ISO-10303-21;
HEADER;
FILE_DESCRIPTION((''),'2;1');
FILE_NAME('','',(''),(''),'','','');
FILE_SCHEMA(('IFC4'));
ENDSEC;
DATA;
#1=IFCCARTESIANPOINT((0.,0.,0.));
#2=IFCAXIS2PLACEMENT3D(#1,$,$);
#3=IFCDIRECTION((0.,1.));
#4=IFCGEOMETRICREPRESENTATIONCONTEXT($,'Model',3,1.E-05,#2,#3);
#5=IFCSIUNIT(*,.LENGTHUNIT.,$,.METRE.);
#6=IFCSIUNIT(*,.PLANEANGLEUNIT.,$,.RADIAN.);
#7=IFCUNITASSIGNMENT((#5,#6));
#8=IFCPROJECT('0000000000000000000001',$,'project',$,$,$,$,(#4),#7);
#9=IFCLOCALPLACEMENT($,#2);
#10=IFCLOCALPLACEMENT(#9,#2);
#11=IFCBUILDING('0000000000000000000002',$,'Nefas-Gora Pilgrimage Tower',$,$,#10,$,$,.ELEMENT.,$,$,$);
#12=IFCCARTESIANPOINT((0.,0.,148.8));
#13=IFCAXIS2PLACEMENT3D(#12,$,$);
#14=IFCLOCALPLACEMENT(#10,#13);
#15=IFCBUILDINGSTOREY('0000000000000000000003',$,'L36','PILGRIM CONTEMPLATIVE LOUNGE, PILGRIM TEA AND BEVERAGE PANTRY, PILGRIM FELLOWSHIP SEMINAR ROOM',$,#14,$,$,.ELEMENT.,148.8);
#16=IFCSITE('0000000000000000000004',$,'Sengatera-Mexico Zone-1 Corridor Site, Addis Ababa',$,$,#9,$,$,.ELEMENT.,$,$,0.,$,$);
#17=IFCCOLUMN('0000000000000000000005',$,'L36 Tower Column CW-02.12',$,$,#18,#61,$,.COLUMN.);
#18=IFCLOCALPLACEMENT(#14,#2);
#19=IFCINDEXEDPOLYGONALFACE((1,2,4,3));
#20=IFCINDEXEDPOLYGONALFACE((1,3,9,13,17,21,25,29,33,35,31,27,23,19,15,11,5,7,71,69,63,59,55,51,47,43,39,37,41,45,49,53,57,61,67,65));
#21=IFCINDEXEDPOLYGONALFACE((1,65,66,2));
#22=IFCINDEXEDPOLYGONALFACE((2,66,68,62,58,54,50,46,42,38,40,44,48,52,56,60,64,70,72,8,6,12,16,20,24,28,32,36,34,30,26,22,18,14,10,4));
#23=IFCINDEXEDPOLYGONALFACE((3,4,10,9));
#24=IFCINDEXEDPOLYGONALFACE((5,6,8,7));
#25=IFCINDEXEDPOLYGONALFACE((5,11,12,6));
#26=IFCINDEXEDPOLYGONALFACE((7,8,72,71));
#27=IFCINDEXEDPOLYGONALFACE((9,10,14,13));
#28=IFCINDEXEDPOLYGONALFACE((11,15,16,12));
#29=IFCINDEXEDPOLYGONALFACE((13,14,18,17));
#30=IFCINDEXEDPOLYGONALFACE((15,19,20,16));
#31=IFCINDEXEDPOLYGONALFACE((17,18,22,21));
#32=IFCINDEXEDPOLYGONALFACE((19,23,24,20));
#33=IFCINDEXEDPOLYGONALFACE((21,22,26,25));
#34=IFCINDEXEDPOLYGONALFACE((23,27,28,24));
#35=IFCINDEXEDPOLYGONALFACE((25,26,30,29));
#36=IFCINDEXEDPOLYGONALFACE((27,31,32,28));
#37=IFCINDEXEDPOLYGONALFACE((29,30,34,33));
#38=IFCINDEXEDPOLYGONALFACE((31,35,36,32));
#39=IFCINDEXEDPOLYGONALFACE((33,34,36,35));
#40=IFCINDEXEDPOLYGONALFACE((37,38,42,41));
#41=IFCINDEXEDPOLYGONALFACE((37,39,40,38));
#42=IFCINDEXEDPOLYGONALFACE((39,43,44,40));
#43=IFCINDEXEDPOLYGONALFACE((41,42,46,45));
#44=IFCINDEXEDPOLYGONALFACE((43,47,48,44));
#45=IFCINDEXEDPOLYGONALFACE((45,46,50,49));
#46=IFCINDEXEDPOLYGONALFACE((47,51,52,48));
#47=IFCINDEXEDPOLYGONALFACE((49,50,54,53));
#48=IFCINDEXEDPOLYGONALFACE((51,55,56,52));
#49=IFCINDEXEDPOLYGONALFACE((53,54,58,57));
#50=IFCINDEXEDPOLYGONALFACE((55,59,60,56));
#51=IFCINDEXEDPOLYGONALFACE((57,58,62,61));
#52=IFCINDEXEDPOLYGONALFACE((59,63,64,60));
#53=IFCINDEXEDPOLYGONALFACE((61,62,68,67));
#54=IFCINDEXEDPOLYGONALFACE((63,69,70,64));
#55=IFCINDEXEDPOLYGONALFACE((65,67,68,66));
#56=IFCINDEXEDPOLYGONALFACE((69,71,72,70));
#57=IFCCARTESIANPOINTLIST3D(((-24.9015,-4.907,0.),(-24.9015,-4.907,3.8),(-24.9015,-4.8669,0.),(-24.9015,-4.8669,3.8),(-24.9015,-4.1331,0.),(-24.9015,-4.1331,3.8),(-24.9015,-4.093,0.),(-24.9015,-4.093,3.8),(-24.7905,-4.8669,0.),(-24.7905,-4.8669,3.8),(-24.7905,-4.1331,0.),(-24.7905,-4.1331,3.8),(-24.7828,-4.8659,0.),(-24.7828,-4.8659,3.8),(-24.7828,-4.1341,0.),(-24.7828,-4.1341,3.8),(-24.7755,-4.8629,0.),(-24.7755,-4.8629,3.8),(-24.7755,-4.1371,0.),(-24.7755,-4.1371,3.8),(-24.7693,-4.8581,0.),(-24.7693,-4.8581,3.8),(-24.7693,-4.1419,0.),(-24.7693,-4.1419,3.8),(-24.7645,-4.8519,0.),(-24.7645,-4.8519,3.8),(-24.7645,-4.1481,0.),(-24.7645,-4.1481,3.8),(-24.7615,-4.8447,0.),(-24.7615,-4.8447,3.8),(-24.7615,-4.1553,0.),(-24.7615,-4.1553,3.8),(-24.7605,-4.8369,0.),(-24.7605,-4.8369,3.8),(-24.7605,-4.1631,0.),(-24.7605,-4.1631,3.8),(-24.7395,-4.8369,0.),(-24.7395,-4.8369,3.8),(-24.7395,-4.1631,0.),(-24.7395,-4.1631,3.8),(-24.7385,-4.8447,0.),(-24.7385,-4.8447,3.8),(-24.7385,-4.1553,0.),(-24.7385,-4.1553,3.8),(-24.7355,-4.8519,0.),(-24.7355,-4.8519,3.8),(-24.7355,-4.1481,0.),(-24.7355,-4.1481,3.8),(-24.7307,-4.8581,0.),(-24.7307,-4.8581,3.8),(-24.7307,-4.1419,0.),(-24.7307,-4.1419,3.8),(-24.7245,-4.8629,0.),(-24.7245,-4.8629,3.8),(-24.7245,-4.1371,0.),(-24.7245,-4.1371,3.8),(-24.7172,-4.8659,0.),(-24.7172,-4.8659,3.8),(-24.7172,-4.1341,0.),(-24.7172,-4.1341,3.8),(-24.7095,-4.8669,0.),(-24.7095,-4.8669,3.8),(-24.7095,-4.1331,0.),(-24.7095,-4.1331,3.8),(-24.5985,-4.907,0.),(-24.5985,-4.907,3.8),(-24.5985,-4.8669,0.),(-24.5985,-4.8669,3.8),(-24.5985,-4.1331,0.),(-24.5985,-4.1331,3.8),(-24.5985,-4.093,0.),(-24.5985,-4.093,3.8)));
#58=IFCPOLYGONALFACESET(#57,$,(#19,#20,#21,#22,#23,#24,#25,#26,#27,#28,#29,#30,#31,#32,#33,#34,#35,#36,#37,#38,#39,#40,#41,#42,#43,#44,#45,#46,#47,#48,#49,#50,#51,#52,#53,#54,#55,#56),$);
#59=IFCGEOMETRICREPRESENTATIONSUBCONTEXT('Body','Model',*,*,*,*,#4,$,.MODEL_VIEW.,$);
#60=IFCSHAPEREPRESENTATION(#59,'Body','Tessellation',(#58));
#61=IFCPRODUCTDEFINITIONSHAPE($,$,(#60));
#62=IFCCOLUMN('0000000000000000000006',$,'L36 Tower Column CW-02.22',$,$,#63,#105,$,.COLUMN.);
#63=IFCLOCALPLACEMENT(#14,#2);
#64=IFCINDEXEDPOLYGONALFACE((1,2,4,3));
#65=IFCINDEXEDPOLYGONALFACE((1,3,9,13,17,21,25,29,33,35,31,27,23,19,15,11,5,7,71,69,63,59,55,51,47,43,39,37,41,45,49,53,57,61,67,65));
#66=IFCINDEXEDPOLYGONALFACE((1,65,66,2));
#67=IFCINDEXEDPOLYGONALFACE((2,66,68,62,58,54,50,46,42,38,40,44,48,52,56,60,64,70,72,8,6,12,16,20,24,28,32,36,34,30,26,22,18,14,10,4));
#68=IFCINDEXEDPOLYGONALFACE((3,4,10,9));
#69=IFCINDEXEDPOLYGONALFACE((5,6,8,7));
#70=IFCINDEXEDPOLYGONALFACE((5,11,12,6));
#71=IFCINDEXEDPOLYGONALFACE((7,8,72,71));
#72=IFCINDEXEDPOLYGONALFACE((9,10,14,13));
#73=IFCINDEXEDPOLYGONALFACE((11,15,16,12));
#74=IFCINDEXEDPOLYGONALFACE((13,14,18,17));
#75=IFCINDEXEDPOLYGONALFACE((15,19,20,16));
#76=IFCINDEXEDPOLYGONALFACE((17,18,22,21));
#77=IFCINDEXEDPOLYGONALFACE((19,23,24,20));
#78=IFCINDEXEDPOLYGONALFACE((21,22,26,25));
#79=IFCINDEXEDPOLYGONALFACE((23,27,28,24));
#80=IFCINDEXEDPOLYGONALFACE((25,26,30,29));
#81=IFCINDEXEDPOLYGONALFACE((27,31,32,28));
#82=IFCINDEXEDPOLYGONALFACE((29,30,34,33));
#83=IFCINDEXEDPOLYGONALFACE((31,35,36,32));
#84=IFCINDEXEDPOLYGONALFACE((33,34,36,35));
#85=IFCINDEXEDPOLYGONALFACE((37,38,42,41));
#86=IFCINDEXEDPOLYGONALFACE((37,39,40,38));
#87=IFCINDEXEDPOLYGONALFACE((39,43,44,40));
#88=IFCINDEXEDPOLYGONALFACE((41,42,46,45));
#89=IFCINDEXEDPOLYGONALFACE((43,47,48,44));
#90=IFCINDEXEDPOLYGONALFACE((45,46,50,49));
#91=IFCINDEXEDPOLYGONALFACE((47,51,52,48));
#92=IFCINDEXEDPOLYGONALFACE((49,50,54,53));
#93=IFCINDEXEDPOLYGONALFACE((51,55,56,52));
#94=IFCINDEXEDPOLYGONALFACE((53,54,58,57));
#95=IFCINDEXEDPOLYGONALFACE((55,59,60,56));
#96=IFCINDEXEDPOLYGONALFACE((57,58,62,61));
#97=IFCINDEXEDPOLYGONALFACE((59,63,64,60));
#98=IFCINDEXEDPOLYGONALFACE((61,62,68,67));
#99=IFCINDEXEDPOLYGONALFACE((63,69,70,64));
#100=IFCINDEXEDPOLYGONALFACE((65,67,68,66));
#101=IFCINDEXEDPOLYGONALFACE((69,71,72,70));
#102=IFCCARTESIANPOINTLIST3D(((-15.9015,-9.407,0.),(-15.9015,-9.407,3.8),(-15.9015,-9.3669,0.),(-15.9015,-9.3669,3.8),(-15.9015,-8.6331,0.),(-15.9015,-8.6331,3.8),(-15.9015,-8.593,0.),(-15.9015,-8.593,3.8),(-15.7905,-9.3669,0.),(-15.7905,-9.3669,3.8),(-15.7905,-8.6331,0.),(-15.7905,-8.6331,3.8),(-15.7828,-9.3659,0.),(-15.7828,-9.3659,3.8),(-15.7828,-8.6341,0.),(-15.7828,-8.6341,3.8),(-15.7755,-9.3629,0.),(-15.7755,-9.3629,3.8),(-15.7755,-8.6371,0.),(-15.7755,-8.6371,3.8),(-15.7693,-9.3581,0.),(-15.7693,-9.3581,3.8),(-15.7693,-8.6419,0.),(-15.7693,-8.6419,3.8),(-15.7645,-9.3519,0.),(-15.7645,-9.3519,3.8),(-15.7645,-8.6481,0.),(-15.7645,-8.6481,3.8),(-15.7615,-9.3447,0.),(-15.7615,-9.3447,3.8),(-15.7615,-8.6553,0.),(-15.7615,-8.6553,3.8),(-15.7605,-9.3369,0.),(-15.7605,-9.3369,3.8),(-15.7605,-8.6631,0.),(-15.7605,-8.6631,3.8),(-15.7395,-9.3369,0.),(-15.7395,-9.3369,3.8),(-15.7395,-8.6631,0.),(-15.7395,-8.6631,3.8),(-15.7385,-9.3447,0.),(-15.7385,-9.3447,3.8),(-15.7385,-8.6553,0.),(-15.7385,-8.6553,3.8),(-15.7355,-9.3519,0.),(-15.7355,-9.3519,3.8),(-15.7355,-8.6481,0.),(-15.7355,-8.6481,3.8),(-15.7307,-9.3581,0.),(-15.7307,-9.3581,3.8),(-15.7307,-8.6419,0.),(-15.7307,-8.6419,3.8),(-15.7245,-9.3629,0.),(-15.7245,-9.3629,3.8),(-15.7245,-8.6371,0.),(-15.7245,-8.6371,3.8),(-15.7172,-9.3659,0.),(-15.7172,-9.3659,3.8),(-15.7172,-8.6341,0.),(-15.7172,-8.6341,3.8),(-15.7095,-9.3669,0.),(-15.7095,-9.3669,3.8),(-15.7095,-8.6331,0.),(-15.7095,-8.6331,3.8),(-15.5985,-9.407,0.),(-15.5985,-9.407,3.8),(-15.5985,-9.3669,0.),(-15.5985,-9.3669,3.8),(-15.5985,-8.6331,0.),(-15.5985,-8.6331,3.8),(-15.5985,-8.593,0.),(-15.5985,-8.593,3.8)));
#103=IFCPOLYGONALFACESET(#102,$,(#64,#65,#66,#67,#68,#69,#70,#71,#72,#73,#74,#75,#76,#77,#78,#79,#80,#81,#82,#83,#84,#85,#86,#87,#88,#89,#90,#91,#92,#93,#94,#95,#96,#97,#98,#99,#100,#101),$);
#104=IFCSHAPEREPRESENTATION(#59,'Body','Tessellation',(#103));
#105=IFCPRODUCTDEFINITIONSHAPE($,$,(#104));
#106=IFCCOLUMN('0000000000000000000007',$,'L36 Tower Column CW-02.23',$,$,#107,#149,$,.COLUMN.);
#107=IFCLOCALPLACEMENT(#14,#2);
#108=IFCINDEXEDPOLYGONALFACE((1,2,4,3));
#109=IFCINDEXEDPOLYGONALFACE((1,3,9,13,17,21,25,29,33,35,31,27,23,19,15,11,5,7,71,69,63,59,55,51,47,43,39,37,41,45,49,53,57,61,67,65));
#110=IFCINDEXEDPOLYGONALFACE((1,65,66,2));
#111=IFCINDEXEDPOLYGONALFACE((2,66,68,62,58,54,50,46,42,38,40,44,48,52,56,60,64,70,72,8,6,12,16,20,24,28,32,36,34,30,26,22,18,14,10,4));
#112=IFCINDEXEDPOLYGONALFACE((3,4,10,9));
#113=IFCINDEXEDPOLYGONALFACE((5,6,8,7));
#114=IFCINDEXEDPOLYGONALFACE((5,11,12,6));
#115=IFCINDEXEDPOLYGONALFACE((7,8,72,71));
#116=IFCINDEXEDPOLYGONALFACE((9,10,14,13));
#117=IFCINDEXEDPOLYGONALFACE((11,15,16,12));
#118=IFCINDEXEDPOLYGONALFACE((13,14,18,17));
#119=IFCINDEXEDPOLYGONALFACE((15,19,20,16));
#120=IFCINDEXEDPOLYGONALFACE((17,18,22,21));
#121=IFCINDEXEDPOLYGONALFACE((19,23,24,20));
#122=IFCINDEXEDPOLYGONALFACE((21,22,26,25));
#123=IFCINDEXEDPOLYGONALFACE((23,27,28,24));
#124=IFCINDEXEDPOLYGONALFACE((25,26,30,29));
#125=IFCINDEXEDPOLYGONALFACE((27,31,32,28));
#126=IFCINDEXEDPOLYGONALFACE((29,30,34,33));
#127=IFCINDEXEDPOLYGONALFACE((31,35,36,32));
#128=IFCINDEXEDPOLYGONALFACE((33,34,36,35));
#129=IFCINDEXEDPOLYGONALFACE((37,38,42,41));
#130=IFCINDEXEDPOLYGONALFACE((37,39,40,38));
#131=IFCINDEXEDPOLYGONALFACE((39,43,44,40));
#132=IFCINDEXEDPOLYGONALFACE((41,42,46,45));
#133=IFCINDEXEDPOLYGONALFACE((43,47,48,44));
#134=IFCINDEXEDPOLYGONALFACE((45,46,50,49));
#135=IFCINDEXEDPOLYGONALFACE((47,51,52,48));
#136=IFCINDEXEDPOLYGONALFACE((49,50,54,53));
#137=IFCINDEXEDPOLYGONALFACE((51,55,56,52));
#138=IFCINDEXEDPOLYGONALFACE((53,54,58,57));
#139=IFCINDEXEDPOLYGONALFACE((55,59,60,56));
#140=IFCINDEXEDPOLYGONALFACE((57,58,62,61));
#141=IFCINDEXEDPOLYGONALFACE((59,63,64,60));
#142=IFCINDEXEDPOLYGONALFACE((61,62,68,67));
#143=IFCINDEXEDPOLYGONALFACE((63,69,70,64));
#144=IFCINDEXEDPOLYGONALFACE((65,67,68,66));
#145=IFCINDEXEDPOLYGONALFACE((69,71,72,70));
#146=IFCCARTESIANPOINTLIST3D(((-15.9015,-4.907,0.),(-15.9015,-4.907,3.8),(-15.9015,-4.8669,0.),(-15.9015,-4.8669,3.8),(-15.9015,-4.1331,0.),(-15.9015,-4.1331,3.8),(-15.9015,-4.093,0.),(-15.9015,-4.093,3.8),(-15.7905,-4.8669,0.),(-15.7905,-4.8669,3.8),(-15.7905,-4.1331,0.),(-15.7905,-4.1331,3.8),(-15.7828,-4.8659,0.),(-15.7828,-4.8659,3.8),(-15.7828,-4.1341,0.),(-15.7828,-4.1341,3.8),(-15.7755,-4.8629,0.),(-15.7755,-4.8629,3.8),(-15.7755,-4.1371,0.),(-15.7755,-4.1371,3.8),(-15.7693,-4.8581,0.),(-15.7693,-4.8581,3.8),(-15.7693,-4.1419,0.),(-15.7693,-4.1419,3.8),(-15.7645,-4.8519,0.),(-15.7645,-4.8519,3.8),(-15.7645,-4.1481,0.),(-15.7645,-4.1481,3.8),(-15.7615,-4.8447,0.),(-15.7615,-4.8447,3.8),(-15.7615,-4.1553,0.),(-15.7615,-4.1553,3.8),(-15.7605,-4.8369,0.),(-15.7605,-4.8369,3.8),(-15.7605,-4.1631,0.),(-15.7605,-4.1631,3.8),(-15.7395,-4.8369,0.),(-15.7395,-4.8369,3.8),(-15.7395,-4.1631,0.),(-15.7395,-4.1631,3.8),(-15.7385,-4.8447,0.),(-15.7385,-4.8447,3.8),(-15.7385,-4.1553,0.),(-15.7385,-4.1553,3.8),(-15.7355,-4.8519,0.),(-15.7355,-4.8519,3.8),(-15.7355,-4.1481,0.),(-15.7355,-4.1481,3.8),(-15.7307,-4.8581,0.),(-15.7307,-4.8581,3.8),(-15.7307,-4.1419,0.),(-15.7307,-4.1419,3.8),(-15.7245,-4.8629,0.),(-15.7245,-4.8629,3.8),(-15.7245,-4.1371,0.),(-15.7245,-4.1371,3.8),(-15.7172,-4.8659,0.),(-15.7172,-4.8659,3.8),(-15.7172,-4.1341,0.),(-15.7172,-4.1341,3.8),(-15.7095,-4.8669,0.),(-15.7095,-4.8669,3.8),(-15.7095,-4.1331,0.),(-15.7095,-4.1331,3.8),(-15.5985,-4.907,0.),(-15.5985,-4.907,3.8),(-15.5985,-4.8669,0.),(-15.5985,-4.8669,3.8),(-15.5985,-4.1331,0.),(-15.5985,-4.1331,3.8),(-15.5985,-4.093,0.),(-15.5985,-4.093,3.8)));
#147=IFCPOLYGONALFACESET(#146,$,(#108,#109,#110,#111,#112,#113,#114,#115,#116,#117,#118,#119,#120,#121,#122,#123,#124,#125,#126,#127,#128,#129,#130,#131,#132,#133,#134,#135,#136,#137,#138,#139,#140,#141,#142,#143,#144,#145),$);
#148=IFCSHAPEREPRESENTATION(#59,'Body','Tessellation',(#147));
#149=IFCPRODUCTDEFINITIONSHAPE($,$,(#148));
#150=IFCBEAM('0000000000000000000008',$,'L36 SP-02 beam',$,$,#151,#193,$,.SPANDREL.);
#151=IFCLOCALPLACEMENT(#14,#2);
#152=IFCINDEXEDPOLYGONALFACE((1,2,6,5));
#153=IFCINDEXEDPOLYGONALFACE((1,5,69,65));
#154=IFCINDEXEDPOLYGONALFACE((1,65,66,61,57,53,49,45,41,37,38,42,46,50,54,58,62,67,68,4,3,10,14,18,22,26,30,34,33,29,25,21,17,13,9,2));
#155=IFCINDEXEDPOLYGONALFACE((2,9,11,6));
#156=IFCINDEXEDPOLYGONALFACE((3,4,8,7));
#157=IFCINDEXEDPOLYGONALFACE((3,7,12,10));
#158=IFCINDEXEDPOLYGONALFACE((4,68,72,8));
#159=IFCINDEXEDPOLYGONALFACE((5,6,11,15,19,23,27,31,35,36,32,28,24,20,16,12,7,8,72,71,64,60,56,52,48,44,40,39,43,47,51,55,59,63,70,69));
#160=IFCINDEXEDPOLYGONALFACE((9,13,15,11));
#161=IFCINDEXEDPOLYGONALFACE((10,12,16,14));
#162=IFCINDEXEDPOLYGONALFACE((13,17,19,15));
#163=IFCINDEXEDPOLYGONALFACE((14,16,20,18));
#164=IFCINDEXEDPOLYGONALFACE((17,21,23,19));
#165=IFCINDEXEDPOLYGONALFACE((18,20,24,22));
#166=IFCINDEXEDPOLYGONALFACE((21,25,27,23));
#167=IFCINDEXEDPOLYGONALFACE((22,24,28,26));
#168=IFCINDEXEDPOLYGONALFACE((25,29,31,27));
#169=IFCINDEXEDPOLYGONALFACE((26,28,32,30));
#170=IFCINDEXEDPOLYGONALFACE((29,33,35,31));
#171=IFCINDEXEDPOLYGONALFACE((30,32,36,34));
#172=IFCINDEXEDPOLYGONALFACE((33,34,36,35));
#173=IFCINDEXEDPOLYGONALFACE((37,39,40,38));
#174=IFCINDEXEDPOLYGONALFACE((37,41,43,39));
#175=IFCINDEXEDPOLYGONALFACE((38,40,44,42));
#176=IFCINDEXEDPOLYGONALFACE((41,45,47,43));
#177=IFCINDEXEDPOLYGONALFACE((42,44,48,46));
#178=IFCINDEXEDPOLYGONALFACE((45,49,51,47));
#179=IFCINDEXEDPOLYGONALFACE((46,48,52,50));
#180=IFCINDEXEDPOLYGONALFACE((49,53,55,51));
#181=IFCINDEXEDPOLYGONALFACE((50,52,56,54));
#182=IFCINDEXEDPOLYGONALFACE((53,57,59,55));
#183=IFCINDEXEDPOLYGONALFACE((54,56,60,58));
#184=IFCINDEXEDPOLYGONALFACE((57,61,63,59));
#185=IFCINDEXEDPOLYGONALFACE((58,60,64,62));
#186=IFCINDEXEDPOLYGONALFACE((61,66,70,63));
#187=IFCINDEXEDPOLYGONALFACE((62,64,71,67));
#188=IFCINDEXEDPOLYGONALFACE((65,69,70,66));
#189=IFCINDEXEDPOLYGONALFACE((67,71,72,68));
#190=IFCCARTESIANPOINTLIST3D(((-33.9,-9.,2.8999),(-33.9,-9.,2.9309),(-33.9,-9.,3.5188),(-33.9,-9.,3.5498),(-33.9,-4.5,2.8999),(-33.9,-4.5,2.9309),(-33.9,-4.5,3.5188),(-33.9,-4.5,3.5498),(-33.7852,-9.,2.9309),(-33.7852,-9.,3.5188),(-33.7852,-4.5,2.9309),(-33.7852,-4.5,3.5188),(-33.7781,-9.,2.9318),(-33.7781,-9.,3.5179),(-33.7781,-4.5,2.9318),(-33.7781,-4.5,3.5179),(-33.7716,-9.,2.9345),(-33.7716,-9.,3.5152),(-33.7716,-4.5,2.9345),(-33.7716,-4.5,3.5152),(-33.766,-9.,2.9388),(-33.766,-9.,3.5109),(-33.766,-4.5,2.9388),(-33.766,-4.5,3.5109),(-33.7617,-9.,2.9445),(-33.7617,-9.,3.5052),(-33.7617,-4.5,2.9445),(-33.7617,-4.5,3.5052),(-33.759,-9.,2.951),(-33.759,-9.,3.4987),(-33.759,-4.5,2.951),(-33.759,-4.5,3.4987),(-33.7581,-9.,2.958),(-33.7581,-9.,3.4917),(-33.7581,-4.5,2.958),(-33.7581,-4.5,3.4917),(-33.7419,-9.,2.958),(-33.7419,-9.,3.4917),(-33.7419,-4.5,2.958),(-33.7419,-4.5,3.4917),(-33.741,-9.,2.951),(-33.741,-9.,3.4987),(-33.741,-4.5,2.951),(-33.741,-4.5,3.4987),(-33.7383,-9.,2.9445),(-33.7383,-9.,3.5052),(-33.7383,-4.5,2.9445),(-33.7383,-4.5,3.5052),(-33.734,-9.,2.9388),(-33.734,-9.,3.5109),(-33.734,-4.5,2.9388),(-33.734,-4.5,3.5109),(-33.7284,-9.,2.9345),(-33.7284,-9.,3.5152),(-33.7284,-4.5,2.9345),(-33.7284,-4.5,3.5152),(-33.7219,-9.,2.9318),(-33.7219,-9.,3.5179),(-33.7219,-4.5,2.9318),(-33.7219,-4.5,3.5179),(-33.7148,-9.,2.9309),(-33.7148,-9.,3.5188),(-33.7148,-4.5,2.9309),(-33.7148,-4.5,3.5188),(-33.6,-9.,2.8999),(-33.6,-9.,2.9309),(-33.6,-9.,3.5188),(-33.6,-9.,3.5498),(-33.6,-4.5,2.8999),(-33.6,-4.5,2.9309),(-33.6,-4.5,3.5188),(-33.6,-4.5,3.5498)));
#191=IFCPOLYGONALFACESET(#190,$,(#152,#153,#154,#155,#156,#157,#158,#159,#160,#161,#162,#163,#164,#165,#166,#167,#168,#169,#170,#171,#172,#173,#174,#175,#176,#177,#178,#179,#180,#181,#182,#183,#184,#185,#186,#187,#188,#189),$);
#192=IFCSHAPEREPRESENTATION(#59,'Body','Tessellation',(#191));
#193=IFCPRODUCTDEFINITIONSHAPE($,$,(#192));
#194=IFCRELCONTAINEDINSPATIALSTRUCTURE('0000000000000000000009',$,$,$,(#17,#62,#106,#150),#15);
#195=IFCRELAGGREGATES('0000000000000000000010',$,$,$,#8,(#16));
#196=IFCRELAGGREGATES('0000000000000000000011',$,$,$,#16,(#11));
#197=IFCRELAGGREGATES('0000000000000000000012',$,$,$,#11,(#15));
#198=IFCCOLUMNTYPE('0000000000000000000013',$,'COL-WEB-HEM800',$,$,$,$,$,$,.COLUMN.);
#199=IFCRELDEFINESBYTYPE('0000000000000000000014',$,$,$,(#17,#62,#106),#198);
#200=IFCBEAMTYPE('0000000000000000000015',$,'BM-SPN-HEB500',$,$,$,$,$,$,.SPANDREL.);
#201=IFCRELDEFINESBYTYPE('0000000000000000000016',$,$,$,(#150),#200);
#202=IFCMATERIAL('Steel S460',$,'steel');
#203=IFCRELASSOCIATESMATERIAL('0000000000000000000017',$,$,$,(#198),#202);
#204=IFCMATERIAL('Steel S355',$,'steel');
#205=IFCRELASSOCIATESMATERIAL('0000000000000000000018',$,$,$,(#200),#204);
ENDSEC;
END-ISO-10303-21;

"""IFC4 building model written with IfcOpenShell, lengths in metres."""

from ifc_helpers import new_model, si_unit, direction, frame, origin, origin_2d, place, context, subcontext, project, spatial, i_section, extrude, source, transform, mapped, material, material_profile, profile_set, type_object, element, save


model = new_model("IFC4")

# Units and contexts
model_context = context("Model", 3, precision=1e-05, world=origin(), true_north=direction((0.0, 1.0)))
body_context = subcontext(model_context, "Body", "Model", "MODEL_VIEW")
ifc_project = project(units=[si_unit("LENGTHUNIT", "METRE"), si_unit("PLANEANGLEUNIT", "RADIAN")], contexts=[model_context])

# Site, building, storey
site_placement = place(None, origin())
site = spatial("IfcSite", under=ifc_project, at=site_placement, Name="Sengatera-Mexico Zone-1 Corridor Site, Addis Ababa", CompositionType="ELEMENT", RefElevation=0.0)
building_placement = place(site_placement, origin())
building = spatial("IfcBuilding", under=site, at=building_placement, Name="Nefas-Gora Pilgrimage Tower", CompositionType="ELEMENT")
storey_placement = place(building_placement, frame((0.0, 0.0, 148.8)))
storey = spatial("IfcBuildingStorey", under=building, at=storey_placement, Name="L36", Description="PILGRIM CONTEMPLATIVE LOUNGE, PILGRIM TEA AND BEVERAGE PANTRY, PILGRIM FELLOWSHIP SEMINAR ROOM", CompositionType="ELEMENT", Elevation=148.8)

# Columns
ifc_material_1 = material(Name="Steel S460", Category="steel")
ifc_material_profile_1 = material_profile(ifc_material_1, i_section(OverallWidth=0.303, OverallDepth=0.814, WebThickness=0.021, FlangeThickness=0.04, FilletRadius=0.03, at=origin_2d()), Name="HEM 800")
ifc_profile_set_1 = profile_set([ifc_material_profile_1], Name="Steel S460")
column_type_1 = type_object("IfcColumnType", Name="COL-WEB-HEM800", PredefinedType="COLUMN", material=ifc_profile_set_1)
shared_shape_1 = source(origin(), body_context, "Body", "SweptSolid", [
    extrude(i_section(OverallWidth=0.303, OverallDepth=0.814, WebThickness=0.021, FlangeThickness=0.04, FilletRadius=0.03, at=origin_2d()), origin(), (0.0, 0.0, 1.0), 3.8),
])
for number, where, z_axis, x_axis, name in (
    (1, (-24.75, -4.5, 0.0), (0.0, 0.0, 1.0), (1.0, 0.0, 0.0), "L36 Tower Column CW-02.12"),
    (2, (-15.75, -9.0, 0.0), (0.0, 0.0, 1.0), (1.0, 0.0, 0.0), "L36 Tower Column CW-02.22"),
    (3, (-15.75, -4.5, 0.0), (0.0, 0.0, 1.0), (1.0, 0.0, 0.0), "L36 Tower Column CW-02.23"),
):
    element("IfcColumn", number, at=place(storey_placement, frame(where, z_axis=z_axis, x_axis=x_axis)), inside=storey, type_object=column_type_1, Name=name, PredefinedType="COLUMN", context=body_context, shape_type="MappedRepresentation", body=[
        mapped(shared_shape_1, transform((0.0, 0.0, 0.0), x_axis=(1.0, 0.0, 0.0), y_axis=(0.0, 1.0, 0.0), z_axis=(0.0, 0.0, 1.0), scale=1.0)),
    ])

# Beam
ifc_material_2 = material(Name="Steel S355", Category="steel")
ifc_material_profile_2 = material_profile(ifc_material_2, i_section(OverallWidth=0.3, OverallDepth=0.6499, WebThickness=0.0161, FlangeThickness=0.031, FilletRadius=0.0271, at=origin_2d()), Name="HEB 650")
ifc_profile_set_2 = profile_set([ifc_material_profile_2], Name="Steel S355")
beam_type_1 = type_object("IfcBeamType", Name="BM-SPN-HEB500", PredefinedType="SPANDREL", material=ifc_profile_set_2)
shared_shape_2 = source(origin(), body_context, "Body", "SweptSolid", [
    extrude(i_section(OverallWidth=0.3, OverallDepth=0.6499, WebThickness=0.0161, FlangeThickness=0.031, FilletRadius=0.0271, at=origin_2d()), origin(), (0.0, 0.0, 1.0), 4.5),
])
for number, where, z_axis, x_axis, name in (
    (4, (-33.75, -9.0, 3.2249), (0.0, 1.0, 0.0), (-1.0, 0.0, 0.0), "L36 SP-02 beam"),
):
    element("IfcBeam", number, at=place(storey_placement, frame(where, z_axis=z_axis, x_axis=x_axis)), inside=storey, type_object=beam_type_1, Name=name, PredefinedType="SPANDREL", context=body_context, shape_type="MappedRepresentation", body=[
        mapped(shared_shape_2, transform((0.0, 0.0, 0.0), x_axis=(1.0, 0.0, 0.0), y_axis=(0.0, 1.0, 0.0), z_axis=(0.0, 0.0, 1.0), scale=1.0)),
    ])

save(model, "model.ifc")
